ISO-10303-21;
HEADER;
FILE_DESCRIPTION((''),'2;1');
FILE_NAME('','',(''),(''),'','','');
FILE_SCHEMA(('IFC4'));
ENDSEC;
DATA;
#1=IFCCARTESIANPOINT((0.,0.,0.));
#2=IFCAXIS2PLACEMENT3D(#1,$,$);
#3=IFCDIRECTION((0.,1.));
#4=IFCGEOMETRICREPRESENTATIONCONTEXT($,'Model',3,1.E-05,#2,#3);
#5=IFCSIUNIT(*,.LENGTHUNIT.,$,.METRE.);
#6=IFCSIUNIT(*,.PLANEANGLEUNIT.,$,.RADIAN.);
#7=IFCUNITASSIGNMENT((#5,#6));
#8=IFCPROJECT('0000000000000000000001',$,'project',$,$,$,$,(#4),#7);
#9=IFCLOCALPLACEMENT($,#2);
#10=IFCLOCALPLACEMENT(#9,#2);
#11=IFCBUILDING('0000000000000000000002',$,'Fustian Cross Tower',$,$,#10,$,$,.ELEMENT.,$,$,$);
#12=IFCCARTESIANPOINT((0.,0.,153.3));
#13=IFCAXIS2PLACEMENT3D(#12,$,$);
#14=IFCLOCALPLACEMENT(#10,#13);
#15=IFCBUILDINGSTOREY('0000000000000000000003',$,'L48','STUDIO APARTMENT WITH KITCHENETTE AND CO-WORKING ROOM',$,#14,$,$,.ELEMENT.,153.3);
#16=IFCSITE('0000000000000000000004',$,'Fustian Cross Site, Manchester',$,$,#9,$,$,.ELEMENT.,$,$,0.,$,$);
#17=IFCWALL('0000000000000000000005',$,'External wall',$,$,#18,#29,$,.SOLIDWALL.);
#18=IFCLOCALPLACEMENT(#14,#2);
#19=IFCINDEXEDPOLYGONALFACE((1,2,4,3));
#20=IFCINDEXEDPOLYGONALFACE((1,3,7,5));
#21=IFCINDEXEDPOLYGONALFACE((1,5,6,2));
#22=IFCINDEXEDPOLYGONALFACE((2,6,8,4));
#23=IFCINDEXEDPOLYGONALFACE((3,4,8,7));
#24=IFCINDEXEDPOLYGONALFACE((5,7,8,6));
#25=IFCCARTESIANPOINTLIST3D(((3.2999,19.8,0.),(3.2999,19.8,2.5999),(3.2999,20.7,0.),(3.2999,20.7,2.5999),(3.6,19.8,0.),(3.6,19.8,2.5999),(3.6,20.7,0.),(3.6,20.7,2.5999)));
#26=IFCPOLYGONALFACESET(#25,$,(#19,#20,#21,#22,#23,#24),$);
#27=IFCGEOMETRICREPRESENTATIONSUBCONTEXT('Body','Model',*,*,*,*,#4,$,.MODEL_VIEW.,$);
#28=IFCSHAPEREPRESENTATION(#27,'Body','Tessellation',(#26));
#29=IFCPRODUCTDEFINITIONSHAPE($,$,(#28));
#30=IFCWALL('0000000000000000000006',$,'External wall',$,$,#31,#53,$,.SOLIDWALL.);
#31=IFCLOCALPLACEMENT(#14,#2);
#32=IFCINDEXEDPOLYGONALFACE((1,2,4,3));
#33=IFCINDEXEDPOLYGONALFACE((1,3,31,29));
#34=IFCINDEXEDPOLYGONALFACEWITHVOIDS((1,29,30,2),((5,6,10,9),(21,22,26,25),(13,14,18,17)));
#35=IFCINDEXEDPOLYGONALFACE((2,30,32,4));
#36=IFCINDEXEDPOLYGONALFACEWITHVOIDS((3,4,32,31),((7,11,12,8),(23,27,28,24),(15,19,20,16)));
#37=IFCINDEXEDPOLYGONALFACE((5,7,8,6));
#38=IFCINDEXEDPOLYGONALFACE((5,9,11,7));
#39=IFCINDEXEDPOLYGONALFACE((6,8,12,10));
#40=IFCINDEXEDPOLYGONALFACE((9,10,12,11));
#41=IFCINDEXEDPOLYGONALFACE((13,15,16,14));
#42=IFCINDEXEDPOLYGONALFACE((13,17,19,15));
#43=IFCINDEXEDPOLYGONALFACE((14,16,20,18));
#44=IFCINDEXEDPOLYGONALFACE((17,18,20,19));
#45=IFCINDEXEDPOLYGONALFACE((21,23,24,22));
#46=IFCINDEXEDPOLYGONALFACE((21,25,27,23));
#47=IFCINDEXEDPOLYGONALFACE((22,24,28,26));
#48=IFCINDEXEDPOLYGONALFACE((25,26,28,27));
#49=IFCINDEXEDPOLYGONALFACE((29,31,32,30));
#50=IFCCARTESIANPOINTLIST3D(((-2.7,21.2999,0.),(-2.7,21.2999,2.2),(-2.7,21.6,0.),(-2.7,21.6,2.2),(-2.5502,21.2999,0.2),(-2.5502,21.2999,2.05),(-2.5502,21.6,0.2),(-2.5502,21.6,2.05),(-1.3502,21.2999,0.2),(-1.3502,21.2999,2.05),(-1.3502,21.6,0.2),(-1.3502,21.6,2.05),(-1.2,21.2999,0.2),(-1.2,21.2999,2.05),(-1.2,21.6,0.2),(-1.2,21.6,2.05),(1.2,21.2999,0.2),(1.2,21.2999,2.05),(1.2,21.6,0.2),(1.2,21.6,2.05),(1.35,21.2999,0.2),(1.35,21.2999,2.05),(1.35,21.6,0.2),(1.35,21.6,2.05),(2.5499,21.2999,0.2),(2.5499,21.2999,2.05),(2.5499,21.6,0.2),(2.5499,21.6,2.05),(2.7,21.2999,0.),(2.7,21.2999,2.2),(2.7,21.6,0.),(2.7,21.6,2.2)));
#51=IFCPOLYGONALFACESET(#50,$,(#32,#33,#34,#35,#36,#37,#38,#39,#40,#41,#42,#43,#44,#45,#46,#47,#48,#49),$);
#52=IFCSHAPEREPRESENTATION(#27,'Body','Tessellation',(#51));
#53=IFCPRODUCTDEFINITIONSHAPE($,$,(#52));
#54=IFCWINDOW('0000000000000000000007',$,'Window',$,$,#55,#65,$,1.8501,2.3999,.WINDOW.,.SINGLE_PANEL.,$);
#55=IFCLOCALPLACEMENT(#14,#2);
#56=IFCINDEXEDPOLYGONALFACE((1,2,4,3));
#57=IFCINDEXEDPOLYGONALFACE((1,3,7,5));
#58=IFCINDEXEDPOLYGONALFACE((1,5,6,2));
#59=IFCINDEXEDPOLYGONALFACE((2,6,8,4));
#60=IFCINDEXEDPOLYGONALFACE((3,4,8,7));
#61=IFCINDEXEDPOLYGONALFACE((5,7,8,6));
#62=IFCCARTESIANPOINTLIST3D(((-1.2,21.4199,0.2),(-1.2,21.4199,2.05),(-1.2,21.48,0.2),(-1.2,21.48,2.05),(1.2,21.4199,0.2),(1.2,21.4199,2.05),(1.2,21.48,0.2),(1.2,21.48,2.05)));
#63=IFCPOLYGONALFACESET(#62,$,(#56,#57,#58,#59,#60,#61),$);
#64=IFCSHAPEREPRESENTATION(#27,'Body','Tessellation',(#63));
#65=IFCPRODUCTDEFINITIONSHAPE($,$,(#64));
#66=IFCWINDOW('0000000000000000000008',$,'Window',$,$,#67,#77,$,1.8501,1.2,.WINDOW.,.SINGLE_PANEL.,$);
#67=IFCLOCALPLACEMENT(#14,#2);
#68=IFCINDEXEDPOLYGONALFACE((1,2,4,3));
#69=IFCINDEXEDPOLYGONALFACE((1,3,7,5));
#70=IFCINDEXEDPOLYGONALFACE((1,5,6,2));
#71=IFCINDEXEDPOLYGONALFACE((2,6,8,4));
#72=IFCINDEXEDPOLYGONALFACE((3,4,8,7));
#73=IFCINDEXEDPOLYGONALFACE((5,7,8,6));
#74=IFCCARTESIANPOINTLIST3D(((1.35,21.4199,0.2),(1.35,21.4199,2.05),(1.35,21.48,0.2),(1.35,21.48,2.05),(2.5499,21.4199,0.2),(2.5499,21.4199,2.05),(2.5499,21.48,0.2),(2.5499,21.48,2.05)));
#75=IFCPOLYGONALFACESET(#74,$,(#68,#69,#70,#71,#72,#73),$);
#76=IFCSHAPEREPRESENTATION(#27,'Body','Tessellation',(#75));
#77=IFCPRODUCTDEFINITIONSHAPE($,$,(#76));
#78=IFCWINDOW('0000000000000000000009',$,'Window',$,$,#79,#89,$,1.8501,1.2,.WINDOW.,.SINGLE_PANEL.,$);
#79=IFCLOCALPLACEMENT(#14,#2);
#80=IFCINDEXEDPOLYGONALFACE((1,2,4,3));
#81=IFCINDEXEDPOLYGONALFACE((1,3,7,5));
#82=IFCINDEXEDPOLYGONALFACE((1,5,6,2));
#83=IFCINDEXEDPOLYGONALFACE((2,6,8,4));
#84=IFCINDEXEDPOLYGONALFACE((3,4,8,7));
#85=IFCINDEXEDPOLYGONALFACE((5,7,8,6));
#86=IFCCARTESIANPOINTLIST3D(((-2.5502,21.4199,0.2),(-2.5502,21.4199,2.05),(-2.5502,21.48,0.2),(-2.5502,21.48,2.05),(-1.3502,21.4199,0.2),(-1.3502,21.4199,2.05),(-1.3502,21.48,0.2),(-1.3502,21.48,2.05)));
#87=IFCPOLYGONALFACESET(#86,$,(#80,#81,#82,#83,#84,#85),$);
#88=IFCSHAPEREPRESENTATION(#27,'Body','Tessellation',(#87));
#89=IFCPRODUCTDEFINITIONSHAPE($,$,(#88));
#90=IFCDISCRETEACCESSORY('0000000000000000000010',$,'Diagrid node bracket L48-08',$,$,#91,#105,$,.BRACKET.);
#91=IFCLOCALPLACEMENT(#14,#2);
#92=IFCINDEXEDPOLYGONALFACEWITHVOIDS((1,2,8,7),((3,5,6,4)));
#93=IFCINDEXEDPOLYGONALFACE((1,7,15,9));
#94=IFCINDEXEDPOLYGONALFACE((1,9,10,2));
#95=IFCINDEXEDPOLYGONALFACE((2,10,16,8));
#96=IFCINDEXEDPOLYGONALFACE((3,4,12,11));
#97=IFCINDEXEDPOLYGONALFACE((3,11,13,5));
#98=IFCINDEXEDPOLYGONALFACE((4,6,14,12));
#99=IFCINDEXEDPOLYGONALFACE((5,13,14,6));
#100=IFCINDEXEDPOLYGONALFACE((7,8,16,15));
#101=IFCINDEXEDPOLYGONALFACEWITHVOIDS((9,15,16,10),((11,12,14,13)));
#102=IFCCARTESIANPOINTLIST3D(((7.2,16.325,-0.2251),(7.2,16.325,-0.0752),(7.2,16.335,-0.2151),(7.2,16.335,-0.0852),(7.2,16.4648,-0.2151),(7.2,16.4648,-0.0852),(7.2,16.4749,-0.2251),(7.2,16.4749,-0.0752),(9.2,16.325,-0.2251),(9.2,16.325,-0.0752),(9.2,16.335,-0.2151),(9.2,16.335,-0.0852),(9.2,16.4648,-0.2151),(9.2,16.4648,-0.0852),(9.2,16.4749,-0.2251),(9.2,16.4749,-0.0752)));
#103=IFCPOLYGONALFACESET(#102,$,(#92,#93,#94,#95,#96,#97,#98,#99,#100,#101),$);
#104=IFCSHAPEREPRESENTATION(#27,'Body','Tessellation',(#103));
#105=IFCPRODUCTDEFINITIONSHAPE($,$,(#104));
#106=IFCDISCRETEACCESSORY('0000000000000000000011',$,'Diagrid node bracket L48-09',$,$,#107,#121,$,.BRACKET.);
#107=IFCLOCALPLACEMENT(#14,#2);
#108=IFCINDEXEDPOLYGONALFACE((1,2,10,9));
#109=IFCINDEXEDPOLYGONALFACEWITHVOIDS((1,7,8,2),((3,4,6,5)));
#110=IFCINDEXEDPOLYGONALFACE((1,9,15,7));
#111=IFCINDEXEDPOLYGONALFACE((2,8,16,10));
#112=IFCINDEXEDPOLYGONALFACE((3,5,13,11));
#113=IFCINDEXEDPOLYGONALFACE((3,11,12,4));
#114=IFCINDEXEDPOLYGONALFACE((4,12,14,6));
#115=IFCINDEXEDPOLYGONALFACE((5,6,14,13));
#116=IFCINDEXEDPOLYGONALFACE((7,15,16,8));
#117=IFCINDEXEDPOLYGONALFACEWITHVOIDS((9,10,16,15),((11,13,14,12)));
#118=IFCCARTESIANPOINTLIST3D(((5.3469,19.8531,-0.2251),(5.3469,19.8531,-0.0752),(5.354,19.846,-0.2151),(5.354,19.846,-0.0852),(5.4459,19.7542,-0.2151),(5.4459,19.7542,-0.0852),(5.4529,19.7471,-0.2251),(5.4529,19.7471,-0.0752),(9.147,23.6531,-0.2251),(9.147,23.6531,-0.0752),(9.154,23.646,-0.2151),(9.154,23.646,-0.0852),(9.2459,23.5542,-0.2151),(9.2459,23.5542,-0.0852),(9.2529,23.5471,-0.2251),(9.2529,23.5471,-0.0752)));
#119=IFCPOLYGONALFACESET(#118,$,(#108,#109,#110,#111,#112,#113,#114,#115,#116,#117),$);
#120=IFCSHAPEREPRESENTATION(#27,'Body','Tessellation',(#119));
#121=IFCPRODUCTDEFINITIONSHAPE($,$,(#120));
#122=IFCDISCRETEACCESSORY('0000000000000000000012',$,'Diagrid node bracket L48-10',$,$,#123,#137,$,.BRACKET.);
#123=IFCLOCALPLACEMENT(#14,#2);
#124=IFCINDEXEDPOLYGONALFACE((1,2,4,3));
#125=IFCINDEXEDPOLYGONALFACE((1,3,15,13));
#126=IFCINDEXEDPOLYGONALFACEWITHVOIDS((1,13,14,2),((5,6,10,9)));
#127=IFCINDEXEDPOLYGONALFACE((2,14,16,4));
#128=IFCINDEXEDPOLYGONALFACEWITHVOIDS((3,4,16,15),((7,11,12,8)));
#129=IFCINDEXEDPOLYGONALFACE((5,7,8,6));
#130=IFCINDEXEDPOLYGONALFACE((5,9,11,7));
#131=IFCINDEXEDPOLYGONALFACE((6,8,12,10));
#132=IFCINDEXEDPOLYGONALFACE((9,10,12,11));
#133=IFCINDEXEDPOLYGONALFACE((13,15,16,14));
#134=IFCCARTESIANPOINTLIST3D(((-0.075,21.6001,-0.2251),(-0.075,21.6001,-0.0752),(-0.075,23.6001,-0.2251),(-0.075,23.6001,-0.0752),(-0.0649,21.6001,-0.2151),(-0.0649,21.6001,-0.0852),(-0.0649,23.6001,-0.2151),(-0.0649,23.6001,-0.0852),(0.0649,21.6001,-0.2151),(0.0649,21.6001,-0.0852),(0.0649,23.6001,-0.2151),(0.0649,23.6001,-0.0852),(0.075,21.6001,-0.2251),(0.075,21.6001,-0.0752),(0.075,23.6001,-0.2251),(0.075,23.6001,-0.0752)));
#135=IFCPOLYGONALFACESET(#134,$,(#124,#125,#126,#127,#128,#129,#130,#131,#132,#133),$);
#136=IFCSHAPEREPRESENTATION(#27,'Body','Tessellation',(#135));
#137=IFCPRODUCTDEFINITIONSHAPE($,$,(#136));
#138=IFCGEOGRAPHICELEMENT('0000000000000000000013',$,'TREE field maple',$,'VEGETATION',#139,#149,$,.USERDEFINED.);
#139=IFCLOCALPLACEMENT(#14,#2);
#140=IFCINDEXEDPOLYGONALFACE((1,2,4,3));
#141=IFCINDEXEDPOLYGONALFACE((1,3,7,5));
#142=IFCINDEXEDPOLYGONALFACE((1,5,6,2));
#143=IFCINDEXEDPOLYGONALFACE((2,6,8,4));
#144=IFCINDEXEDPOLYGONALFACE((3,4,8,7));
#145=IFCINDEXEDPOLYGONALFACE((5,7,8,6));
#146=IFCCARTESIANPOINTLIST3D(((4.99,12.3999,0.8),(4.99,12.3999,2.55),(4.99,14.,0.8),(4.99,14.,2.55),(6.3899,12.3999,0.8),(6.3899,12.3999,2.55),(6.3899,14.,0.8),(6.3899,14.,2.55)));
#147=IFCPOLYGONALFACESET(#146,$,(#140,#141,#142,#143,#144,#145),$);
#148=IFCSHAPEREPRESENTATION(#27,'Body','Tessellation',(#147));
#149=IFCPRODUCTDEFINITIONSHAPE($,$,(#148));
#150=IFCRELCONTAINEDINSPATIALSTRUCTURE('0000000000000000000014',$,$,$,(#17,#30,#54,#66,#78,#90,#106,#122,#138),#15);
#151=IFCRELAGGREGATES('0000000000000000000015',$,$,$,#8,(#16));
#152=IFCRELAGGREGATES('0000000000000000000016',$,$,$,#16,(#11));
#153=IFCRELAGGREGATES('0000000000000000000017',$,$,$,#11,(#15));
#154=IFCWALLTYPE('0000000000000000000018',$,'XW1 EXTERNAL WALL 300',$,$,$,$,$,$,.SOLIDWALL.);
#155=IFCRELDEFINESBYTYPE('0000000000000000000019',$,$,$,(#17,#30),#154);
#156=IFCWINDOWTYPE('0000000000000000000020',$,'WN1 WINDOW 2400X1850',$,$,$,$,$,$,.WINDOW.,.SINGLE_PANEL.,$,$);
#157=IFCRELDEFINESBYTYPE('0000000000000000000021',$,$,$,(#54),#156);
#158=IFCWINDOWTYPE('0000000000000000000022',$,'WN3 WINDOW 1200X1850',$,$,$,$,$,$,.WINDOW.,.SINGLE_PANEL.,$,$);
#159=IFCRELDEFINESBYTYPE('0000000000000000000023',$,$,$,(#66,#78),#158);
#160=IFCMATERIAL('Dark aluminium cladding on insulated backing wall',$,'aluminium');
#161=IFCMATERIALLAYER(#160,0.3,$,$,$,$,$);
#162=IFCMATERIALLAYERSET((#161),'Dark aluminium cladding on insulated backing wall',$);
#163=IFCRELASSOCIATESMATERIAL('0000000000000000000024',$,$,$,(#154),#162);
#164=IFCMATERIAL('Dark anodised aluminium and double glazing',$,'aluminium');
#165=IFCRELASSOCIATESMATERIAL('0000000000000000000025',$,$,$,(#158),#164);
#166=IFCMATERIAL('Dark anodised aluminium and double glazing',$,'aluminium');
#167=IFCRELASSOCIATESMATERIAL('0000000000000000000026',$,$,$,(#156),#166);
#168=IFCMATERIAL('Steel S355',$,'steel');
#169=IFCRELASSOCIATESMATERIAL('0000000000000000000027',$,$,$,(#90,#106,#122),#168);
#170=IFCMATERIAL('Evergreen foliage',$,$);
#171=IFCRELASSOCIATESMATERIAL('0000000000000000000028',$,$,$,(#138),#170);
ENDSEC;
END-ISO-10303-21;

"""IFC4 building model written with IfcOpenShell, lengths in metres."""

from ifc_helpers import new_model, si_unit, direction, frame, frame_2d, origin, origin_2d, place, context, subcontext, project, spatial, rectangle, hollow_rectangle, extrude, material, layer, layer_set, type_object, element, fill, save


model = new_model("IFC4")

# Units and contexts
model_context = context("Model", 3, precision=1e-05, world=origin(), true_north=direction((0.0, 1.0)))
body_context = subcontext(model_context, "Body", "Model", "MODEL_VIEW")
ifc_project = project(units=[si_unit("LENGTHUNIT", "METRE"), si_unit("PLANEANGLEUNIT", "RADIAN")], contexts=[model_context])

# Site, building, storey
site_placement = place(None, origin())
site = spatial("IfcSite", under=ifc_project, at=site_placement, Name="Fustian Cross Site, Manchester", CompositionType="ELEMENT", RefElevation=0.0)
building_placement = place(site_placement, origin())
building = spatial("IfcBuilding", under=site, at=building_placement, Name="Fustian Cross Tower", CompositionType="ELEMENT")
storey_placement = place(building_placement, frame((0.0, 0.0, 153.3)))
storey = spatial("IfcBuildingStorey", under=building, at=storey_placement, Name="L48", Description="STUDIO APARTMENT WITH KITCHENETTE AND CO-WORKING ROOM", CompositionType="ELEMENT", Elevation=153.3)

# Shared definitions
ifc_material_1 = material(Name="Dark aluminium cladding on insulated backing wall", Category="aluminium")
ifc_layer_1 = layer(ifc_material_1, 0.3)
ifc_layer_set_1 = layer_set([ifc_layer_1], Name="Dark aluminium cladding on insulated backing wall")
wall_type_1 = type_object("IfcWallType", Name="XW1 EXTERNAL WALL 300", PredefinedType="SOLIDWALL", material=ifc_layer_set_1)

# Shared definitions
ifc_material_2 = material(Name="Dark anodised aluminium and double glazing", Category="aluminium")
window_type_1 = type_object("IfcWindowType", Name="WN3 WINDOW 1200X1850", PartitioningType="SINGLE_PANEL", PredefinedType="WINDOW", material=ifc_material_2)

# Wall
wall_1_placement = place(storey_placement, frame((3.45, 19.8, 0.0), z_axis=(0.0, 0.0, 1.0), x_axis=(0.0, 1.0, 0.0)))
element("IfcWall", 1, at=wall_1_placement, inside=storey, type_object=wall_type_1, Name="External wall", PredefinedType="SOLIDWALL", context=body_context, shape_type="SweptSolid", body=[
    extrude(rectangle(XDim=0.8999, YDim=0.3, at=frame_2d((0.45, 0.0))), origin(), (0.0, 0.0, 1.0), 2.5999),
])

# Wall, openings, windows
wall_2_placement = place(storey_placement, frame((2.7, 21.45, 0.0), z_axis=(0.0, 0.0, 1.0), x_axis=(-1.0, 0.0, 0.0)))
wall_2 = element("IfcWall", 2, at=wall_2_placement, inside=storey, type_object=wall_type_1, Name="External wall", PredefinedType="SOLIDWALL", context=body_context, shape_type="SweptSolid", body=[
    extrude(rectangle(XDim=5.3999, YDim=0.3, at=frame_2d((2.7, 0.0))), origin(), (0.0, 0.0, 1.0), 2.2),
])
opening_1_placement = place(wall_2_placement, frame((1.5, 0.0, 0.2)))
opening_1 = element("IfcOpeningElement", 3, at=opening_1_placement, cuts=wall_2, PredefinedType="OPENING", context=body_context, shape_type="SweptSolid", body=[
    extrude(rectangle(XDim=2.3999, YDim=1.8501, at=frame_2d((1.2, 0.925))), frame((0.0, 0.1599, 0.0), z_axis=(0.0, -1.0, 0.0), x_axis=(1.0, 0.0, 0.0)), (0.0, 0.0, 1.0), 0.3201),
])
opening_2_placement = place(wall_2_placement, frame((0.1499, 0.0, 0.2)))
opening_2 = element("IfcOpeningElement", 4, at=opening_2_placement, cuts=wall_2, PredefinedType="OPENING", context=body_context, shape_type="SweptSolid", body=[
    extrude(rectangle(XDim=1.2, YDim=1.8501, at=frame_2d((0.6001, 0.925))), frame((0.0, 0.1599, 0.0), z_axis=(0.0, -1.0, 0.0), x_axis=(1.0, 0.0, 0.0)), (0.0, 0.0, 1.0), 0.3201),
])
opening_3_placement = place(wall_2_placement, frame((4.05, 0.0, 0.2)))
opening_3 = element("IfcOpeningElement", 5, at=opening_3_placement, cuts=wall_2, PredefinedType="OPENING", context=body_context, shape_type="SweptSolid", body=[
    extrude(rectangle(XDim=1.2, YDim=1.8501, at=frame_2d((0.6001, 0.925))), frame((0.0, 0.1599, 0.0), z_axis=(0.0, -1.0, 0.0), x_axis=(1.0, 0.0, 0.0)), (0.0, 0.0, 1.0), 0.3201),
])
ifc_material_3 = material(Name="Dark anodised aluminium and double glazing", Category="aluminium")
window_type_2 = type_object("IfcWindowType", Name="WN1 WINDOW 2400X1850", PartitioningType="SINGLE_PANEL", PredefinedType="WINDOW", material=ifc_material_3)
window_1_placement = place(opening_1_placement, origin())
window_1 = element("IfcWindow", 6, at=window_1_placement, inside=storey, type_object=window_type_2, Name="Window", OverallHeight=1.8501, OverallWidth=2.3999, PartitioningType="SINGLE_PANEL", PredefinedType="WINDOW", context=body_context, shape_type="SweptSolid", body=[
    extrude(rectangle(XDim=2.3999, YDim=1.8501, at=frame_2d((1.2, 0.925))), frame((0.0, 0.03, 0.0), z_axis=(0.0, -1.0, 0.0), x_axis=(1.0, 0.0, 0.0)), (0.0, 0.0, 1.0), 0.0601),
])
fill(opening_1, window_1)
window_2_placement = place(opening_2_placement, origin())
window_2 = element("IfcWindow", 7, at=window_2_placement, inside=storey, type_object=window_type_1, Name="Window", OverallHeight=1.8501, OverallWidth=1.2, PartitioningType="SINGLE_PANEL", PredefinedType="WINDOW", context=body_context, shape_type="SweptSolid", body=[
    extrude(rectangle(XDim=1.2, YDim=1.8501, at=frame_2d((0.6001, 0.925))), frame((0.0, 0.03, 0.0), z_axis=(0.0, -1.0, 0.0), x_axis=(1.0, 0.0, 0.0)), (0.0, 0.0, 1.0), 0.0601),
])
fill(opening_2, window_2)
window_3_placement = place(opening_3_placement, origin())
window_3 = element("IfcWindow", 8, at=window_3_placement, inside=storey, type_object=window_type_1, Name="Window", OverallHeight=1.8501, OverallWidth=1.2, PartitioningType="SINGLE_PANEL", PredefinedType="WINDOW", context=body_context, shape_type="SweptSolid", body=[
    extrude(rectangle(XDim=1.2, YDim=1.8501, at=frame_2d((0.6001, 0.925))), frame((0.0, 0.03, 0.0), z_axis=(0.0, -1.0, 0.0), x_axis=(1.0, 0.0, 0.0)), (0.0, 0.0, 1.0), 0.0601),
])
fill(opening_3, window_3)

# Discrete accessories
ifc_material_4 = material(Name="Steel S355", Category="steel")
discrete_accessory_1_placement = place(storey_placement, frame((9.2, 16.3999, -0.1501), z_axis=(-1.0, 0.0, 0.0), x_axis=(0.0, -1.0, 0.0)))
element("IfcDiscreteAccessory", 9, at=discrete_accessory_1_placement, inside=storey, material=ifc_material_4, Name="Diagrid node bracket L48-08", PredefinedType="BRACKET", context=body_context, shape_type="SweptSolid", body=[
    extrude(hollow_rectangle(XDim=0.1499, YDim=0.1499, WallThickness=0.01, at=origin_2d()), origin(), (0.0, 0.0, 1.0), 2.0),
])
discrete_accessory_2_placement = place(storey_placement, frame((9.2, 23.6001, -0.1501), z_axis=(-0.707107, -0.707107, 0.0), x_axis=(0.707107, -0.707107, 0.0)))
element("IfcDiscreteAccessory", 10, at=discrete_accessory_2_placement, inside=storey, material=ifc_material_4, Name="Diagrid node bracket L48-09", PredefinedType="BRACKET", context=body_context, shape_type="SweptSolid", body=[
    extrude(hollow_rectangle(XDim=0.1499, YDim=0.1499, WallThickness=0.01, at=origin_2d()), origin(), (0.0, 0.0, 1.0), 5.374),
])
discrete_accessory_3_placement = place(storey_placement, frame((0.0, 23.6001, -0.1501), z_axis=(0.0, -1.0, 0.0), x_axis=(1.0, 0.0, 0.0)))
element("IfcDiscreteAccessory", 11, at=discrete_accessory_3_placement, inside=storey, material=ifc_material_4, Name="Diagrid node bracket L48-10", PredefinedType="BRACKET", context=body_context, shape_type="SweptSolid", body=[
    extrude(hollow_rectangle(XDim=0.1499, YDim=0.1499, WallThickness=0.01, at=origin_2d()), origin(), (0.0, 0.0, 1.0), 2.0),
])

# Geographic element
ifc_material_5 = material(Name="Evergreen foliage")
geographic_element_placement = place(storey_placement, frame((5.6899, 13.2, 0.8), z_axis=(0.0, 0.0, 1.0), x_axis=(1.0, 0.0, 0.0)))
element("IfcGeographicElement", 12, at=geographic_element_placement, inside=storey, material=ifc_material_5, Name="TREE field maple", ObjectType="VEGETATION", PredefinedType="USERDEFINED", context=body_context, shape_type="SweptSolid", body=[
    extrude(rectangle(XDim=1.3999, YDim=1.6001, at=origin_2d()), origin(), (0.0, 0.0, 1.0), 1.75),
])

save(model, "model.ifc")
